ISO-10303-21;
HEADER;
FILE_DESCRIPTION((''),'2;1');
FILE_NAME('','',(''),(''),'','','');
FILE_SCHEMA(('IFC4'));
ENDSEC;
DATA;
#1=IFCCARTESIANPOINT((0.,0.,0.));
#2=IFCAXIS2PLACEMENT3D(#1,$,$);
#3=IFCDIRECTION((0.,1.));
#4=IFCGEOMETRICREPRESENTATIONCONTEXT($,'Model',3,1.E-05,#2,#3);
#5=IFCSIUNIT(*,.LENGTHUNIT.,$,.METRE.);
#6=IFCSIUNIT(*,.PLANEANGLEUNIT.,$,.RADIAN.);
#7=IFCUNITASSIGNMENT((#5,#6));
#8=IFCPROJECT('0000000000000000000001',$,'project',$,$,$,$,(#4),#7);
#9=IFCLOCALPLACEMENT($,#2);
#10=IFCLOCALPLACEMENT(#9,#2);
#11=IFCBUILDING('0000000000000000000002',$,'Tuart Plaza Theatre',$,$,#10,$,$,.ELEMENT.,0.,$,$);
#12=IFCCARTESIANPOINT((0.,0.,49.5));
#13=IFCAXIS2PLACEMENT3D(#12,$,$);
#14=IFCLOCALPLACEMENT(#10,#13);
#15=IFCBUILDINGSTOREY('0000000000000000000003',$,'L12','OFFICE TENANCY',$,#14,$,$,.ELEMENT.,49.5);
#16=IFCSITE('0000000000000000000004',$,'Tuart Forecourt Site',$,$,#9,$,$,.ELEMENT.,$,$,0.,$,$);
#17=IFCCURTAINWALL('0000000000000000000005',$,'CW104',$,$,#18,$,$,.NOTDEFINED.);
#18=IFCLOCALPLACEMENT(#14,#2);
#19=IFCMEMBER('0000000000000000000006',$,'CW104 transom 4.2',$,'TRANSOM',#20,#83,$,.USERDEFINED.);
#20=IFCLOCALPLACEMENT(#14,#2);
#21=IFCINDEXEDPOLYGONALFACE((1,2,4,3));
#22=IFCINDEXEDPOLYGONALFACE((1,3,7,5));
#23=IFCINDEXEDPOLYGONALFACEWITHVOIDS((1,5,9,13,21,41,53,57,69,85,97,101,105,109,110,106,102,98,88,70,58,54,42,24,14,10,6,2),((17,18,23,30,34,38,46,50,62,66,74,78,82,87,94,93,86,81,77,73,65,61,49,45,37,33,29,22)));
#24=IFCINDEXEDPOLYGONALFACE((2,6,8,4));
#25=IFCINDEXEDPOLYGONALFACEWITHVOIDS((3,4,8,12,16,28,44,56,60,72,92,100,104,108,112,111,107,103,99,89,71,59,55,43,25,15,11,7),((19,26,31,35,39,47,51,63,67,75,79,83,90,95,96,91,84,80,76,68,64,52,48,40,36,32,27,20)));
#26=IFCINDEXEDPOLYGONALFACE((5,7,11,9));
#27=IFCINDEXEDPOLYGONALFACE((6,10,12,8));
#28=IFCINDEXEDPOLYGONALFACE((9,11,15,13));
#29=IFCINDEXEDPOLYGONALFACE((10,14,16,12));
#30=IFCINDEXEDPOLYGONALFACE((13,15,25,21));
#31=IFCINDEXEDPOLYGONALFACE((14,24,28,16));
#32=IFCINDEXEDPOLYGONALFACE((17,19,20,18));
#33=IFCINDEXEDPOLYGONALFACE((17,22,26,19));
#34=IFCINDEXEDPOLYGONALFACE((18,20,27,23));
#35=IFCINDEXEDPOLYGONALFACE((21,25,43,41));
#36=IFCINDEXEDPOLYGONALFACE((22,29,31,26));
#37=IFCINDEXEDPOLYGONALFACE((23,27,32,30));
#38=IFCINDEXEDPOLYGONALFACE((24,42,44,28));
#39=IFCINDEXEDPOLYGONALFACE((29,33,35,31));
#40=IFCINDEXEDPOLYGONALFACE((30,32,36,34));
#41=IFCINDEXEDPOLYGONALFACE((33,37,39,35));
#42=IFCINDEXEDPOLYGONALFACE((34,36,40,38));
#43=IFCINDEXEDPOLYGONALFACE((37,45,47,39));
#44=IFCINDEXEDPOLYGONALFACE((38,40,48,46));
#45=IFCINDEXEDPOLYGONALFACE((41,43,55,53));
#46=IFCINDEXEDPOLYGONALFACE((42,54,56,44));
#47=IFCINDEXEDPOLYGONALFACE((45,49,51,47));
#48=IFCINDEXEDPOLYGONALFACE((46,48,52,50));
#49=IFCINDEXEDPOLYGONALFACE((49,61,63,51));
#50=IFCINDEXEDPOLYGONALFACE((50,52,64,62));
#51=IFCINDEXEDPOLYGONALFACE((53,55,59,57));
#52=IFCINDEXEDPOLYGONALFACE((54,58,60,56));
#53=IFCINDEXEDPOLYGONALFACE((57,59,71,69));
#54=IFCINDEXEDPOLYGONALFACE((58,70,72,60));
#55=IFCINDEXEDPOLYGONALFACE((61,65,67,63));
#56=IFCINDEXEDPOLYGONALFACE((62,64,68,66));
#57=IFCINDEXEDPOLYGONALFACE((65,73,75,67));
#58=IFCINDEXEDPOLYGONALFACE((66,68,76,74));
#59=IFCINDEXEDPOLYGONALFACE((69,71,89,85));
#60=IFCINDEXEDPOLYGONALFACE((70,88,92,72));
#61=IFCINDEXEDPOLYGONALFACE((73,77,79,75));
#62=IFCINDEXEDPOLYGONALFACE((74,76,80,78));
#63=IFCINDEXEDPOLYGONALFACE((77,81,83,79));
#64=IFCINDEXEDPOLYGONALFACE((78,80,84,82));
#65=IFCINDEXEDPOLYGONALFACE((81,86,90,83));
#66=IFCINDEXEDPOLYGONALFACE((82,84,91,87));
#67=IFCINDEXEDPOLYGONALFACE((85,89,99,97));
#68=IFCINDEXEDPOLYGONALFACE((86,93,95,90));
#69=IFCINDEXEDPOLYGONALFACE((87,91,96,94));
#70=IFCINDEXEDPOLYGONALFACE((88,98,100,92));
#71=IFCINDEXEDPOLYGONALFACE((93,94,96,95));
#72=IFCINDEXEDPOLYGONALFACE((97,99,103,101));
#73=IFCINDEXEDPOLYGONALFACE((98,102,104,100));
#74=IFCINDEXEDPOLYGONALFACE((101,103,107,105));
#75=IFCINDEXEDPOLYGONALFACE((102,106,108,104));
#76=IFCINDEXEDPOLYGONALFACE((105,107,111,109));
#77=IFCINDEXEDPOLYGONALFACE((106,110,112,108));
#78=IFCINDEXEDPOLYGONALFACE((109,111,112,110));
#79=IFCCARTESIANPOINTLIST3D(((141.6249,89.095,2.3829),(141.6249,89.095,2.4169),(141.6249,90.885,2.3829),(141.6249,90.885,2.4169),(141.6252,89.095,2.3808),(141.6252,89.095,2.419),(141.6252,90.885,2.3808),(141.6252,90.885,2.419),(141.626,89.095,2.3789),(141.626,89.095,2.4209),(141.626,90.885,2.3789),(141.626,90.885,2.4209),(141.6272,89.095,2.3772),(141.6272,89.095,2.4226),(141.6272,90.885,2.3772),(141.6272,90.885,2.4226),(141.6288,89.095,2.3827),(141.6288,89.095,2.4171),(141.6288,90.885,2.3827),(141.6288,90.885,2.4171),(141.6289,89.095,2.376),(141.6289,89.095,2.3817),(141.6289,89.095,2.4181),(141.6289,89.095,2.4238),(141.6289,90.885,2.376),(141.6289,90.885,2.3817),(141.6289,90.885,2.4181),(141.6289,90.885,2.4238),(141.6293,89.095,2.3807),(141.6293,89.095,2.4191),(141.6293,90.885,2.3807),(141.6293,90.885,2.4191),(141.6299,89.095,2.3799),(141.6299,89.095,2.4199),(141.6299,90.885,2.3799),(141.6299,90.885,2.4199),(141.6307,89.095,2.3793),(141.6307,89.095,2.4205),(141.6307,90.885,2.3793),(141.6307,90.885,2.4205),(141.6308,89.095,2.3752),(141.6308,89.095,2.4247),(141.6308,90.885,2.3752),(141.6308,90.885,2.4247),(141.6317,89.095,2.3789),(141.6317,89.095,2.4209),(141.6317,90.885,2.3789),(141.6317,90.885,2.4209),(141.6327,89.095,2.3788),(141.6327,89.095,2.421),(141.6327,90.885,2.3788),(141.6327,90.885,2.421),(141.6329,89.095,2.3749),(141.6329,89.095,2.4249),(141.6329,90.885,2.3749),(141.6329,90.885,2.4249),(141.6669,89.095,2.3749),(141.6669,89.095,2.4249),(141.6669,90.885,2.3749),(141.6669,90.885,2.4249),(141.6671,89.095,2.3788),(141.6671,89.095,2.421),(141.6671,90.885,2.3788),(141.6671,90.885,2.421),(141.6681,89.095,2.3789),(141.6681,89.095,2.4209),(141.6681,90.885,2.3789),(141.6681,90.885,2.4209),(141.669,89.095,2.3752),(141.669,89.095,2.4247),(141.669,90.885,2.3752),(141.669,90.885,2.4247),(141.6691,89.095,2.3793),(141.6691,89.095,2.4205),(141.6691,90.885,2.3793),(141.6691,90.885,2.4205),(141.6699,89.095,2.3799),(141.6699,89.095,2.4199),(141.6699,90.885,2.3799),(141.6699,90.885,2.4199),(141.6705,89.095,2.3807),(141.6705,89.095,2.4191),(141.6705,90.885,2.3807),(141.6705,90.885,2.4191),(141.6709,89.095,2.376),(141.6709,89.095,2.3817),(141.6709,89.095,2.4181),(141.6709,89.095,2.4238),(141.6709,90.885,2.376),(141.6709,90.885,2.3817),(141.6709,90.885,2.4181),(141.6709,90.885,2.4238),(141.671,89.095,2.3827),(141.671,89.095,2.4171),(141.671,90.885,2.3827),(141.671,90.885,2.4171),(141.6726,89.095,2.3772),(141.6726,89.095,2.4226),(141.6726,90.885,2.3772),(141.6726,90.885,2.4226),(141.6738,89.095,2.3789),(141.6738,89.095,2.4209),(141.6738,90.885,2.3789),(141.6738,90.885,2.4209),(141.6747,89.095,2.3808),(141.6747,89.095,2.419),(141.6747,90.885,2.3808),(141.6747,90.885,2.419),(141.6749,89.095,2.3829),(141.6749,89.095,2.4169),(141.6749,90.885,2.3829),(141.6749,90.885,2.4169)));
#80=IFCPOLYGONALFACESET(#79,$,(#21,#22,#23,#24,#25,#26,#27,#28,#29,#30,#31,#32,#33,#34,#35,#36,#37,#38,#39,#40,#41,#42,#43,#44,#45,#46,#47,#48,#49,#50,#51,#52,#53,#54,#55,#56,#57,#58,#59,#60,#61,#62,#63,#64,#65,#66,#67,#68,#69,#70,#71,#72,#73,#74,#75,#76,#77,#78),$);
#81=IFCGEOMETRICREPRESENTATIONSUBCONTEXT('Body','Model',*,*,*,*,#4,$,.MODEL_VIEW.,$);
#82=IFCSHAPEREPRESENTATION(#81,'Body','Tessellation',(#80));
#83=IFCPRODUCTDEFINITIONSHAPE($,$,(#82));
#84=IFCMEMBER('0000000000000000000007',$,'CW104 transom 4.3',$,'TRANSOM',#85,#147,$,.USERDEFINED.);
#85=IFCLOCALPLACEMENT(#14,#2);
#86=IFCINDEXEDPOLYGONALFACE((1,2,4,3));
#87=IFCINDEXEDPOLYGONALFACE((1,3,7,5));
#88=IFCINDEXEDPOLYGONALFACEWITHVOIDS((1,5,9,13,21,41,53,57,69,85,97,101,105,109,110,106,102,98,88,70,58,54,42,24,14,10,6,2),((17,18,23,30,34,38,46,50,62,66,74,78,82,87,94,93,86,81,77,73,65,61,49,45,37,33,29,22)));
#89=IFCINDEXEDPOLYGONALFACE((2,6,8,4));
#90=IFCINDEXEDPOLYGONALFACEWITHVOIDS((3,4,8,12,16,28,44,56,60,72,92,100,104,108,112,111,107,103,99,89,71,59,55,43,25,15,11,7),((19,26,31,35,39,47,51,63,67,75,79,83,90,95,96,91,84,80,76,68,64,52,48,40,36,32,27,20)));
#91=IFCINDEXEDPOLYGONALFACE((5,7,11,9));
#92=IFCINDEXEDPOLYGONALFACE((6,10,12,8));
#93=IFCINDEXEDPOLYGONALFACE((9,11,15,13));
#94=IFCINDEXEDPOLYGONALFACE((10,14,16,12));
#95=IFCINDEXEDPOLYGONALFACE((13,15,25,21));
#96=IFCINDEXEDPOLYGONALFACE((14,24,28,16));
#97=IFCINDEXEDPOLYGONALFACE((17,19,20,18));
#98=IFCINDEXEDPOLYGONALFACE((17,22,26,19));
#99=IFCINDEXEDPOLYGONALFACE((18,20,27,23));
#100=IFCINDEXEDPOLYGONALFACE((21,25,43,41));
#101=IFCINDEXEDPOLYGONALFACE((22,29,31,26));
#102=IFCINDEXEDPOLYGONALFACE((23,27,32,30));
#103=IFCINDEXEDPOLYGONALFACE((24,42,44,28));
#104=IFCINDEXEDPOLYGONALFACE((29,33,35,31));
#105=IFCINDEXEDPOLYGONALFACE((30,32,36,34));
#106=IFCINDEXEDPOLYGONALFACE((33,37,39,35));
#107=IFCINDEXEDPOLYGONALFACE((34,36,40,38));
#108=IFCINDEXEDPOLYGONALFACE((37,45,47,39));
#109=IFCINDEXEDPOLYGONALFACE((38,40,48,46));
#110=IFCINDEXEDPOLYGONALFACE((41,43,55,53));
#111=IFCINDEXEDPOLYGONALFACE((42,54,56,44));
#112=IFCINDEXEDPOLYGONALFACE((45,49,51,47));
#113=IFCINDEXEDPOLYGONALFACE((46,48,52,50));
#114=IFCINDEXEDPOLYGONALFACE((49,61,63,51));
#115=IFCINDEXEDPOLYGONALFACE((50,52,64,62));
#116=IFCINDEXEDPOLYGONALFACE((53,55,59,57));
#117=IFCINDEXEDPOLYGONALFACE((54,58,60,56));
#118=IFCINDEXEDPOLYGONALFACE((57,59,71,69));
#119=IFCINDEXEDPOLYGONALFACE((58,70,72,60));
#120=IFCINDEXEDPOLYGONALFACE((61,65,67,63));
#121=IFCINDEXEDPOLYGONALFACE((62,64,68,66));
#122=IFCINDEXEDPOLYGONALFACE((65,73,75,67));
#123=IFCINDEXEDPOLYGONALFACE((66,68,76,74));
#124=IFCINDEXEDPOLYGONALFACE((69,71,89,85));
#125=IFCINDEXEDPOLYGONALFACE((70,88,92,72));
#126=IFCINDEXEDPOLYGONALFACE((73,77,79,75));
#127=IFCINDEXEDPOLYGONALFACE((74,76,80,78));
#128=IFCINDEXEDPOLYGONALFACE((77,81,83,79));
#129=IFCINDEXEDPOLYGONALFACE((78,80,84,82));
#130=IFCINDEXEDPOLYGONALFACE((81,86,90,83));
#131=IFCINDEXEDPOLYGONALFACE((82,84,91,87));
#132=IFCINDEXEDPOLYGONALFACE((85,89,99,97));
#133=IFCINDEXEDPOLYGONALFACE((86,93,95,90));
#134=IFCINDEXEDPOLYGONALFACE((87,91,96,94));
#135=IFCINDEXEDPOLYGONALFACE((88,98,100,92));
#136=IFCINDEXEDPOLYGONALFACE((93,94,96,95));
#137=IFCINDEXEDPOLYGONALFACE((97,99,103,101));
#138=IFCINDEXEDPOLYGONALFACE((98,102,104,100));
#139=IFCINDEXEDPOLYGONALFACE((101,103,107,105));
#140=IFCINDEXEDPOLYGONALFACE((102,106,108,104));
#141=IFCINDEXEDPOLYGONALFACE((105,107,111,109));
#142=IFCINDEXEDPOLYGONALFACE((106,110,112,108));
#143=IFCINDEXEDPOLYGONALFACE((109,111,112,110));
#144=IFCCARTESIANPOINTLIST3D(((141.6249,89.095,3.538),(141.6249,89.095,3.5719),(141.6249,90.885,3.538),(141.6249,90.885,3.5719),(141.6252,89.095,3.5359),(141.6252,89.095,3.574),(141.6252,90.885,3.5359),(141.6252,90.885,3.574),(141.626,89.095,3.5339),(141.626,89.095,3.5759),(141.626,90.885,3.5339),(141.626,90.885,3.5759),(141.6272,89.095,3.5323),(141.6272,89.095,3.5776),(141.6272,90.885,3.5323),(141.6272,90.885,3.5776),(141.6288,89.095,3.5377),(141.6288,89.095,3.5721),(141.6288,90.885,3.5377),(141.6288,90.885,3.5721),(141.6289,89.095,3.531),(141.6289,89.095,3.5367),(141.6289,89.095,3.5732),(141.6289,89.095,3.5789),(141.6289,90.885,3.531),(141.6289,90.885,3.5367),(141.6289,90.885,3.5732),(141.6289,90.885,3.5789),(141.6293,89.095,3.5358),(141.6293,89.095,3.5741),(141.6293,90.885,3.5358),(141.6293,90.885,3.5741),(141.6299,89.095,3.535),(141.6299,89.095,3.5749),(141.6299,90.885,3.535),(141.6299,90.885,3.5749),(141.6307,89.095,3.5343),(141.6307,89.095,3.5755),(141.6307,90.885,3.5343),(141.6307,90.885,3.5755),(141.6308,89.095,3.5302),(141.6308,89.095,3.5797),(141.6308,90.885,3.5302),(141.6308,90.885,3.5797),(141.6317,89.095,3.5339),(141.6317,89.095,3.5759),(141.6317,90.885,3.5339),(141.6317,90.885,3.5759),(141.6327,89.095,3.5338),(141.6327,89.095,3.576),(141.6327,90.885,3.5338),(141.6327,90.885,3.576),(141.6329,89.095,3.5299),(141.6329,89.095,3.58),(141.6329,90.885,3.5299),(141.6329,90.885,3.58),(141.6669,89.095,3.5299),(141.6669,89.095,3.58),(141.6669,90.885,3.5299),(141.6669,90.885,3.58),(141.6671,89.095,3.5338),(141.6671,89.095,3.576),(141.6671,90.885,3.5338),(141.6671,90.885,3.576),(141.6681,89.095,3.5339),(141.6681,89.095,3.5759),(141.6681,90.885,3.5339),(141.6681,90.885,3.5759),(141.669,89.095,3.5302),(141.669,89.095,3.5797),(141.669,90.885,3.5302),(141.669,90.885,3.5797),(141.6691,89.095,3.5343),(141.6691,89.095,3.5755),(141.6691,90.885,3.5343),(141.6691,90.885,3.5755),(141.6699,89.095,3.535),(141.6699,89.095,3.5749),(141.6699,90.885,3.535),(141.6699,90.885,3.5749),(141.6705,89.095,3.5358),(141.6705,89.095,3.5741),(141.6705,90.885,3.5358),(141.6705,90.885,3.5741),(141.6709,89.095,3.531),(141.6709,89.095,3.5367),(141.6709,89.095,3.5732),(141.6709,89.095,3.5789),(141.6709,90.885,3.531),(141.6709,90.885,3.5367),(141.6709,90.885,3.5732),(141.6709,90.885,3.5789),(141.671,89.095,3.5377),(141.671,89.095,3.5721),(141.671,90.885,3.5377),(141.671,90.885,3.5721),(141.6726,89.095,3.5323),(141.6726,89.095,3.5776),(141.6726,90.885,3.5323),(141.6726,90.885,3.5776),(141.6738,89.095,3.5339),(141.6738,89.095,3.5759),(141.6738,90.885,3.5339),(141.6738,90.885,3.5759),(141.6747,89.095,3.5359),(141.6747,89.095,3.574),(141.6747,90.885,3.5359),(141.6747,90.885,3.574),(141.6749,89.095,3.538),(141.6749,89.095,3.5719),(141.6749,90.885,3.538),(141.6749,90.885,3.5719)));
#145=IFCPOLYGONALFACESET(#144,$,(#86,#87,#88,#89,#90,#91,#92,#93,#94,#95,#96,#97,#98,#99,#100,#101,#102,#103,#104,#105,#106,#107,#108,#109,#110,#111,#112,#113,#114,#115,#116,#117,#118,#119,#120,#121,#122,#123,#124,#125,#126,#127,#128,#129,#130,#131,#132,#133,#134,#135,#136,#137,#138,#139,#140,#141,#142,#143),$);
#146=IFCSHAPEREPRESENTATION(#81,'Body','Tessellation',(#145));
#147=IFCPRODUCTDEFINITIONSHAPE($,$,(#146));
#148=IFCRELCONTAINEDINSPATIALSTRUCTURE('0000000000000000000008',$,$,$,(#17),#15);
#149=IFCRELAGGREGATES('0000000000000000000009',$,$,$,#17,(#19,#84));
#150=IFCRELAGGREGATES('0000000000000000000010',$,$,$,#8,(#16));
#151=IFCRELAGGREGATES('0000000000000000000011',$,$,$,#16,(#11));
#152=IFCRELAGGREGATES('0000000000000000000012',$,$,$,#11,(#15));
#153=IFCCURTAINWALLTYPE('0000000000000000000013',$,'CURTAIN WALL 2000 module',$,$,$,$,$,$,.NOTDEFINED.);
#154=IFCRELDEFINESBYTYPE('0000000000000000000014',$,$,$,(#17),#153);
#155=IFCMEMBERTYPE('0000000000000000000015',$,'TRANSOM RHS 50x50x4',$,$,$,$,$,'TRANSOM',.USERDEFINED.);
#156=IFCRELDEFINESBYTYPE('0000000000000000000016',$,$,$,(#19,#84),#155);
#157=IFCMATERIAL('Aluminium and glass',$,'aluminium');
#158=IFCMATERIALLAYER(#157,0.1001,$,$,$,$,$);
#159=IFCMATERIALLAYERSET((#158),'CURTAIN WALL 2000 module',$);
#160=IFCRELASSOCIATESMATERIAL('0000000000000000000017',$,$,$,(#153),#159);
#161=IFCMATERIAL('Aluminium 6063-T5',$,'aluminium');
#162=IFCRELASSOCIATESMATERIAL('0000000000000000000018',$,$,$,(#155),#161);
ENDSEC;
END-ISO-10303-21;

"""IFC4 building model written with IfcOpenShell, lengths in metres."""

from ifc_helpers import new_model, si_unit, direction, frame, origin, origin_2d, place, context, subcontext, project, spatial, hollow_rectangle, extrude, material, layer, layer_set, material_profile, profile_set, type_object, element, aggregate, save


model = new_model("IFC4")

# Units and contexts
model_context = context("Model", 3, precision=1e-05, world=origin(), true_north=direction((0.0, 1.0)))
body_context = subcontext(model_context, "Body", "Model", "MODEL_VIEW")
ifc_project = project(units=[si_unit("LENGTHUNIT", "METRE"), si_unit("PLANEANGLEUNIT", "RADIAN")], contexts=[model_context])

# Site, building, storey
site_placement = place(None, origin())
site = spatial("IfcSite", under=ifc_project, at=site_placement, Name="Tuart Forecourt Site", CompositionType="ELEMENT", RefElevation=0.0)
building_placement = place(site_placement, origin())
building = spatial("IfcBuilding", under=site, at=building_placement, Name="Tuart Plaza Theatre", CompositionType="ELEMENT", ElevationOfRefHeight=0.0)
storey_placement = place(building_placement, frame((0.0, 0.0, 49.5)))
storey = spatial("IfcBuildingStorey", under=building, at=storey_placement, Name="L12", Description="OFFICE TENANCY", CompositionType="ELEMENT", Elevation=49.5)

# Curtain wall, members
ifc_material_1 = material(Name="Aluminium and glass", Category="aluminium")
ifc_layer_1 = layer(ifc_material_1, 0.1001)
ifc_layer_set_1 = layer_set([ifc_layer_1], Name="CURTAIN WALL 2000 module")
curtain_wall_type = type_object("IfcCurtainWallType", Name="CURTAIN WALL 2000 module", PredefinedType="NOTDEFINED", material=ifc_layer_set_1)
curtain_wall_placement = place(storey_placement, origin())
curtain_wall = element("IfcCurtainWall", 1, at=curtain_wall_placement, inside=storey, type_object=curtain_wall_type, Name="CW104", PredefinedType="NOTDEFINED")
ifc_material_2 = material(Name="Aluminium 6063-T5", Category="aluminium")
ifc_material_profile_1 = material_profile(ifc_material_2, hollow_rectangle(XDim=0.05, YDim=0.05, WallThickness=0.0039, InnerFilletRadius=0.0039, OuterFilletRadius=0.0081, at=origin_2d()), Name="RHS 50x50x4")
ifc_profile_set_1 = profile_set([ifc_material_profile_1], Name="Aluminium 6063-T5")
member_type_1 = type_object("IfcMemberType", Name="TRANSOM RHS 50x50x4", ElementType="TRANSOM", PredefinedType="USERDEFINED", material=ifc_profile_set_1)
member_1_placement = place(storey_placement, frame((141.6499, 89.095, 2.3999), z_axis=(0.0, 1.0, 0.0), x_axis=(-1.0, 0.0, 0.0)))
member_1 = element("IfcMember", 2, at=member_1_placement, type_object=member_type_1, Name="CW104 transom 4.2", ObjectType="TRANSOM", PredefinedType="USERDEFINED", context=body_context, shape_type="SweptSolid", body=[
    extrude(hollow_rectangle(XDim=0.05, YDim=0.05, WallThickness=0.0039, InnerFilletRadius=0.0039, OuterFilletRadius=0.0081, at=origin_2d()), origin(), (0.0, 0.0, 1.0), 1.79),
])
member_2_placement = place(storey_placement, frame((141.6499, 89.095, 3.5549), z_axis=(0.0, 1.0, 0.0), x_axis=(-1.0, 0.0, 0.0)))
member_2 = element("IfcMember", 3, at=member_2_placement, type_object=member_type_1, Name="CW104 transom 4.3", ObjectType="TRANSOM", PredefinedType="USERDEFINED", context=body_context, shape_type="SweptSolid", body=[
    extrude(hollow_rectangle(XDim=0.05, YDim=0.05, WallThickness=0.0039, InnerFilletRadius=0.0039, OuterFilletRadius=0.0081, at=origin_2d()), origin(), (0.0, 0.0, 1.0), 1.79),
])
aggregate(curtain_wall, [member_1, member_2])

save(model, "model.ifc")
